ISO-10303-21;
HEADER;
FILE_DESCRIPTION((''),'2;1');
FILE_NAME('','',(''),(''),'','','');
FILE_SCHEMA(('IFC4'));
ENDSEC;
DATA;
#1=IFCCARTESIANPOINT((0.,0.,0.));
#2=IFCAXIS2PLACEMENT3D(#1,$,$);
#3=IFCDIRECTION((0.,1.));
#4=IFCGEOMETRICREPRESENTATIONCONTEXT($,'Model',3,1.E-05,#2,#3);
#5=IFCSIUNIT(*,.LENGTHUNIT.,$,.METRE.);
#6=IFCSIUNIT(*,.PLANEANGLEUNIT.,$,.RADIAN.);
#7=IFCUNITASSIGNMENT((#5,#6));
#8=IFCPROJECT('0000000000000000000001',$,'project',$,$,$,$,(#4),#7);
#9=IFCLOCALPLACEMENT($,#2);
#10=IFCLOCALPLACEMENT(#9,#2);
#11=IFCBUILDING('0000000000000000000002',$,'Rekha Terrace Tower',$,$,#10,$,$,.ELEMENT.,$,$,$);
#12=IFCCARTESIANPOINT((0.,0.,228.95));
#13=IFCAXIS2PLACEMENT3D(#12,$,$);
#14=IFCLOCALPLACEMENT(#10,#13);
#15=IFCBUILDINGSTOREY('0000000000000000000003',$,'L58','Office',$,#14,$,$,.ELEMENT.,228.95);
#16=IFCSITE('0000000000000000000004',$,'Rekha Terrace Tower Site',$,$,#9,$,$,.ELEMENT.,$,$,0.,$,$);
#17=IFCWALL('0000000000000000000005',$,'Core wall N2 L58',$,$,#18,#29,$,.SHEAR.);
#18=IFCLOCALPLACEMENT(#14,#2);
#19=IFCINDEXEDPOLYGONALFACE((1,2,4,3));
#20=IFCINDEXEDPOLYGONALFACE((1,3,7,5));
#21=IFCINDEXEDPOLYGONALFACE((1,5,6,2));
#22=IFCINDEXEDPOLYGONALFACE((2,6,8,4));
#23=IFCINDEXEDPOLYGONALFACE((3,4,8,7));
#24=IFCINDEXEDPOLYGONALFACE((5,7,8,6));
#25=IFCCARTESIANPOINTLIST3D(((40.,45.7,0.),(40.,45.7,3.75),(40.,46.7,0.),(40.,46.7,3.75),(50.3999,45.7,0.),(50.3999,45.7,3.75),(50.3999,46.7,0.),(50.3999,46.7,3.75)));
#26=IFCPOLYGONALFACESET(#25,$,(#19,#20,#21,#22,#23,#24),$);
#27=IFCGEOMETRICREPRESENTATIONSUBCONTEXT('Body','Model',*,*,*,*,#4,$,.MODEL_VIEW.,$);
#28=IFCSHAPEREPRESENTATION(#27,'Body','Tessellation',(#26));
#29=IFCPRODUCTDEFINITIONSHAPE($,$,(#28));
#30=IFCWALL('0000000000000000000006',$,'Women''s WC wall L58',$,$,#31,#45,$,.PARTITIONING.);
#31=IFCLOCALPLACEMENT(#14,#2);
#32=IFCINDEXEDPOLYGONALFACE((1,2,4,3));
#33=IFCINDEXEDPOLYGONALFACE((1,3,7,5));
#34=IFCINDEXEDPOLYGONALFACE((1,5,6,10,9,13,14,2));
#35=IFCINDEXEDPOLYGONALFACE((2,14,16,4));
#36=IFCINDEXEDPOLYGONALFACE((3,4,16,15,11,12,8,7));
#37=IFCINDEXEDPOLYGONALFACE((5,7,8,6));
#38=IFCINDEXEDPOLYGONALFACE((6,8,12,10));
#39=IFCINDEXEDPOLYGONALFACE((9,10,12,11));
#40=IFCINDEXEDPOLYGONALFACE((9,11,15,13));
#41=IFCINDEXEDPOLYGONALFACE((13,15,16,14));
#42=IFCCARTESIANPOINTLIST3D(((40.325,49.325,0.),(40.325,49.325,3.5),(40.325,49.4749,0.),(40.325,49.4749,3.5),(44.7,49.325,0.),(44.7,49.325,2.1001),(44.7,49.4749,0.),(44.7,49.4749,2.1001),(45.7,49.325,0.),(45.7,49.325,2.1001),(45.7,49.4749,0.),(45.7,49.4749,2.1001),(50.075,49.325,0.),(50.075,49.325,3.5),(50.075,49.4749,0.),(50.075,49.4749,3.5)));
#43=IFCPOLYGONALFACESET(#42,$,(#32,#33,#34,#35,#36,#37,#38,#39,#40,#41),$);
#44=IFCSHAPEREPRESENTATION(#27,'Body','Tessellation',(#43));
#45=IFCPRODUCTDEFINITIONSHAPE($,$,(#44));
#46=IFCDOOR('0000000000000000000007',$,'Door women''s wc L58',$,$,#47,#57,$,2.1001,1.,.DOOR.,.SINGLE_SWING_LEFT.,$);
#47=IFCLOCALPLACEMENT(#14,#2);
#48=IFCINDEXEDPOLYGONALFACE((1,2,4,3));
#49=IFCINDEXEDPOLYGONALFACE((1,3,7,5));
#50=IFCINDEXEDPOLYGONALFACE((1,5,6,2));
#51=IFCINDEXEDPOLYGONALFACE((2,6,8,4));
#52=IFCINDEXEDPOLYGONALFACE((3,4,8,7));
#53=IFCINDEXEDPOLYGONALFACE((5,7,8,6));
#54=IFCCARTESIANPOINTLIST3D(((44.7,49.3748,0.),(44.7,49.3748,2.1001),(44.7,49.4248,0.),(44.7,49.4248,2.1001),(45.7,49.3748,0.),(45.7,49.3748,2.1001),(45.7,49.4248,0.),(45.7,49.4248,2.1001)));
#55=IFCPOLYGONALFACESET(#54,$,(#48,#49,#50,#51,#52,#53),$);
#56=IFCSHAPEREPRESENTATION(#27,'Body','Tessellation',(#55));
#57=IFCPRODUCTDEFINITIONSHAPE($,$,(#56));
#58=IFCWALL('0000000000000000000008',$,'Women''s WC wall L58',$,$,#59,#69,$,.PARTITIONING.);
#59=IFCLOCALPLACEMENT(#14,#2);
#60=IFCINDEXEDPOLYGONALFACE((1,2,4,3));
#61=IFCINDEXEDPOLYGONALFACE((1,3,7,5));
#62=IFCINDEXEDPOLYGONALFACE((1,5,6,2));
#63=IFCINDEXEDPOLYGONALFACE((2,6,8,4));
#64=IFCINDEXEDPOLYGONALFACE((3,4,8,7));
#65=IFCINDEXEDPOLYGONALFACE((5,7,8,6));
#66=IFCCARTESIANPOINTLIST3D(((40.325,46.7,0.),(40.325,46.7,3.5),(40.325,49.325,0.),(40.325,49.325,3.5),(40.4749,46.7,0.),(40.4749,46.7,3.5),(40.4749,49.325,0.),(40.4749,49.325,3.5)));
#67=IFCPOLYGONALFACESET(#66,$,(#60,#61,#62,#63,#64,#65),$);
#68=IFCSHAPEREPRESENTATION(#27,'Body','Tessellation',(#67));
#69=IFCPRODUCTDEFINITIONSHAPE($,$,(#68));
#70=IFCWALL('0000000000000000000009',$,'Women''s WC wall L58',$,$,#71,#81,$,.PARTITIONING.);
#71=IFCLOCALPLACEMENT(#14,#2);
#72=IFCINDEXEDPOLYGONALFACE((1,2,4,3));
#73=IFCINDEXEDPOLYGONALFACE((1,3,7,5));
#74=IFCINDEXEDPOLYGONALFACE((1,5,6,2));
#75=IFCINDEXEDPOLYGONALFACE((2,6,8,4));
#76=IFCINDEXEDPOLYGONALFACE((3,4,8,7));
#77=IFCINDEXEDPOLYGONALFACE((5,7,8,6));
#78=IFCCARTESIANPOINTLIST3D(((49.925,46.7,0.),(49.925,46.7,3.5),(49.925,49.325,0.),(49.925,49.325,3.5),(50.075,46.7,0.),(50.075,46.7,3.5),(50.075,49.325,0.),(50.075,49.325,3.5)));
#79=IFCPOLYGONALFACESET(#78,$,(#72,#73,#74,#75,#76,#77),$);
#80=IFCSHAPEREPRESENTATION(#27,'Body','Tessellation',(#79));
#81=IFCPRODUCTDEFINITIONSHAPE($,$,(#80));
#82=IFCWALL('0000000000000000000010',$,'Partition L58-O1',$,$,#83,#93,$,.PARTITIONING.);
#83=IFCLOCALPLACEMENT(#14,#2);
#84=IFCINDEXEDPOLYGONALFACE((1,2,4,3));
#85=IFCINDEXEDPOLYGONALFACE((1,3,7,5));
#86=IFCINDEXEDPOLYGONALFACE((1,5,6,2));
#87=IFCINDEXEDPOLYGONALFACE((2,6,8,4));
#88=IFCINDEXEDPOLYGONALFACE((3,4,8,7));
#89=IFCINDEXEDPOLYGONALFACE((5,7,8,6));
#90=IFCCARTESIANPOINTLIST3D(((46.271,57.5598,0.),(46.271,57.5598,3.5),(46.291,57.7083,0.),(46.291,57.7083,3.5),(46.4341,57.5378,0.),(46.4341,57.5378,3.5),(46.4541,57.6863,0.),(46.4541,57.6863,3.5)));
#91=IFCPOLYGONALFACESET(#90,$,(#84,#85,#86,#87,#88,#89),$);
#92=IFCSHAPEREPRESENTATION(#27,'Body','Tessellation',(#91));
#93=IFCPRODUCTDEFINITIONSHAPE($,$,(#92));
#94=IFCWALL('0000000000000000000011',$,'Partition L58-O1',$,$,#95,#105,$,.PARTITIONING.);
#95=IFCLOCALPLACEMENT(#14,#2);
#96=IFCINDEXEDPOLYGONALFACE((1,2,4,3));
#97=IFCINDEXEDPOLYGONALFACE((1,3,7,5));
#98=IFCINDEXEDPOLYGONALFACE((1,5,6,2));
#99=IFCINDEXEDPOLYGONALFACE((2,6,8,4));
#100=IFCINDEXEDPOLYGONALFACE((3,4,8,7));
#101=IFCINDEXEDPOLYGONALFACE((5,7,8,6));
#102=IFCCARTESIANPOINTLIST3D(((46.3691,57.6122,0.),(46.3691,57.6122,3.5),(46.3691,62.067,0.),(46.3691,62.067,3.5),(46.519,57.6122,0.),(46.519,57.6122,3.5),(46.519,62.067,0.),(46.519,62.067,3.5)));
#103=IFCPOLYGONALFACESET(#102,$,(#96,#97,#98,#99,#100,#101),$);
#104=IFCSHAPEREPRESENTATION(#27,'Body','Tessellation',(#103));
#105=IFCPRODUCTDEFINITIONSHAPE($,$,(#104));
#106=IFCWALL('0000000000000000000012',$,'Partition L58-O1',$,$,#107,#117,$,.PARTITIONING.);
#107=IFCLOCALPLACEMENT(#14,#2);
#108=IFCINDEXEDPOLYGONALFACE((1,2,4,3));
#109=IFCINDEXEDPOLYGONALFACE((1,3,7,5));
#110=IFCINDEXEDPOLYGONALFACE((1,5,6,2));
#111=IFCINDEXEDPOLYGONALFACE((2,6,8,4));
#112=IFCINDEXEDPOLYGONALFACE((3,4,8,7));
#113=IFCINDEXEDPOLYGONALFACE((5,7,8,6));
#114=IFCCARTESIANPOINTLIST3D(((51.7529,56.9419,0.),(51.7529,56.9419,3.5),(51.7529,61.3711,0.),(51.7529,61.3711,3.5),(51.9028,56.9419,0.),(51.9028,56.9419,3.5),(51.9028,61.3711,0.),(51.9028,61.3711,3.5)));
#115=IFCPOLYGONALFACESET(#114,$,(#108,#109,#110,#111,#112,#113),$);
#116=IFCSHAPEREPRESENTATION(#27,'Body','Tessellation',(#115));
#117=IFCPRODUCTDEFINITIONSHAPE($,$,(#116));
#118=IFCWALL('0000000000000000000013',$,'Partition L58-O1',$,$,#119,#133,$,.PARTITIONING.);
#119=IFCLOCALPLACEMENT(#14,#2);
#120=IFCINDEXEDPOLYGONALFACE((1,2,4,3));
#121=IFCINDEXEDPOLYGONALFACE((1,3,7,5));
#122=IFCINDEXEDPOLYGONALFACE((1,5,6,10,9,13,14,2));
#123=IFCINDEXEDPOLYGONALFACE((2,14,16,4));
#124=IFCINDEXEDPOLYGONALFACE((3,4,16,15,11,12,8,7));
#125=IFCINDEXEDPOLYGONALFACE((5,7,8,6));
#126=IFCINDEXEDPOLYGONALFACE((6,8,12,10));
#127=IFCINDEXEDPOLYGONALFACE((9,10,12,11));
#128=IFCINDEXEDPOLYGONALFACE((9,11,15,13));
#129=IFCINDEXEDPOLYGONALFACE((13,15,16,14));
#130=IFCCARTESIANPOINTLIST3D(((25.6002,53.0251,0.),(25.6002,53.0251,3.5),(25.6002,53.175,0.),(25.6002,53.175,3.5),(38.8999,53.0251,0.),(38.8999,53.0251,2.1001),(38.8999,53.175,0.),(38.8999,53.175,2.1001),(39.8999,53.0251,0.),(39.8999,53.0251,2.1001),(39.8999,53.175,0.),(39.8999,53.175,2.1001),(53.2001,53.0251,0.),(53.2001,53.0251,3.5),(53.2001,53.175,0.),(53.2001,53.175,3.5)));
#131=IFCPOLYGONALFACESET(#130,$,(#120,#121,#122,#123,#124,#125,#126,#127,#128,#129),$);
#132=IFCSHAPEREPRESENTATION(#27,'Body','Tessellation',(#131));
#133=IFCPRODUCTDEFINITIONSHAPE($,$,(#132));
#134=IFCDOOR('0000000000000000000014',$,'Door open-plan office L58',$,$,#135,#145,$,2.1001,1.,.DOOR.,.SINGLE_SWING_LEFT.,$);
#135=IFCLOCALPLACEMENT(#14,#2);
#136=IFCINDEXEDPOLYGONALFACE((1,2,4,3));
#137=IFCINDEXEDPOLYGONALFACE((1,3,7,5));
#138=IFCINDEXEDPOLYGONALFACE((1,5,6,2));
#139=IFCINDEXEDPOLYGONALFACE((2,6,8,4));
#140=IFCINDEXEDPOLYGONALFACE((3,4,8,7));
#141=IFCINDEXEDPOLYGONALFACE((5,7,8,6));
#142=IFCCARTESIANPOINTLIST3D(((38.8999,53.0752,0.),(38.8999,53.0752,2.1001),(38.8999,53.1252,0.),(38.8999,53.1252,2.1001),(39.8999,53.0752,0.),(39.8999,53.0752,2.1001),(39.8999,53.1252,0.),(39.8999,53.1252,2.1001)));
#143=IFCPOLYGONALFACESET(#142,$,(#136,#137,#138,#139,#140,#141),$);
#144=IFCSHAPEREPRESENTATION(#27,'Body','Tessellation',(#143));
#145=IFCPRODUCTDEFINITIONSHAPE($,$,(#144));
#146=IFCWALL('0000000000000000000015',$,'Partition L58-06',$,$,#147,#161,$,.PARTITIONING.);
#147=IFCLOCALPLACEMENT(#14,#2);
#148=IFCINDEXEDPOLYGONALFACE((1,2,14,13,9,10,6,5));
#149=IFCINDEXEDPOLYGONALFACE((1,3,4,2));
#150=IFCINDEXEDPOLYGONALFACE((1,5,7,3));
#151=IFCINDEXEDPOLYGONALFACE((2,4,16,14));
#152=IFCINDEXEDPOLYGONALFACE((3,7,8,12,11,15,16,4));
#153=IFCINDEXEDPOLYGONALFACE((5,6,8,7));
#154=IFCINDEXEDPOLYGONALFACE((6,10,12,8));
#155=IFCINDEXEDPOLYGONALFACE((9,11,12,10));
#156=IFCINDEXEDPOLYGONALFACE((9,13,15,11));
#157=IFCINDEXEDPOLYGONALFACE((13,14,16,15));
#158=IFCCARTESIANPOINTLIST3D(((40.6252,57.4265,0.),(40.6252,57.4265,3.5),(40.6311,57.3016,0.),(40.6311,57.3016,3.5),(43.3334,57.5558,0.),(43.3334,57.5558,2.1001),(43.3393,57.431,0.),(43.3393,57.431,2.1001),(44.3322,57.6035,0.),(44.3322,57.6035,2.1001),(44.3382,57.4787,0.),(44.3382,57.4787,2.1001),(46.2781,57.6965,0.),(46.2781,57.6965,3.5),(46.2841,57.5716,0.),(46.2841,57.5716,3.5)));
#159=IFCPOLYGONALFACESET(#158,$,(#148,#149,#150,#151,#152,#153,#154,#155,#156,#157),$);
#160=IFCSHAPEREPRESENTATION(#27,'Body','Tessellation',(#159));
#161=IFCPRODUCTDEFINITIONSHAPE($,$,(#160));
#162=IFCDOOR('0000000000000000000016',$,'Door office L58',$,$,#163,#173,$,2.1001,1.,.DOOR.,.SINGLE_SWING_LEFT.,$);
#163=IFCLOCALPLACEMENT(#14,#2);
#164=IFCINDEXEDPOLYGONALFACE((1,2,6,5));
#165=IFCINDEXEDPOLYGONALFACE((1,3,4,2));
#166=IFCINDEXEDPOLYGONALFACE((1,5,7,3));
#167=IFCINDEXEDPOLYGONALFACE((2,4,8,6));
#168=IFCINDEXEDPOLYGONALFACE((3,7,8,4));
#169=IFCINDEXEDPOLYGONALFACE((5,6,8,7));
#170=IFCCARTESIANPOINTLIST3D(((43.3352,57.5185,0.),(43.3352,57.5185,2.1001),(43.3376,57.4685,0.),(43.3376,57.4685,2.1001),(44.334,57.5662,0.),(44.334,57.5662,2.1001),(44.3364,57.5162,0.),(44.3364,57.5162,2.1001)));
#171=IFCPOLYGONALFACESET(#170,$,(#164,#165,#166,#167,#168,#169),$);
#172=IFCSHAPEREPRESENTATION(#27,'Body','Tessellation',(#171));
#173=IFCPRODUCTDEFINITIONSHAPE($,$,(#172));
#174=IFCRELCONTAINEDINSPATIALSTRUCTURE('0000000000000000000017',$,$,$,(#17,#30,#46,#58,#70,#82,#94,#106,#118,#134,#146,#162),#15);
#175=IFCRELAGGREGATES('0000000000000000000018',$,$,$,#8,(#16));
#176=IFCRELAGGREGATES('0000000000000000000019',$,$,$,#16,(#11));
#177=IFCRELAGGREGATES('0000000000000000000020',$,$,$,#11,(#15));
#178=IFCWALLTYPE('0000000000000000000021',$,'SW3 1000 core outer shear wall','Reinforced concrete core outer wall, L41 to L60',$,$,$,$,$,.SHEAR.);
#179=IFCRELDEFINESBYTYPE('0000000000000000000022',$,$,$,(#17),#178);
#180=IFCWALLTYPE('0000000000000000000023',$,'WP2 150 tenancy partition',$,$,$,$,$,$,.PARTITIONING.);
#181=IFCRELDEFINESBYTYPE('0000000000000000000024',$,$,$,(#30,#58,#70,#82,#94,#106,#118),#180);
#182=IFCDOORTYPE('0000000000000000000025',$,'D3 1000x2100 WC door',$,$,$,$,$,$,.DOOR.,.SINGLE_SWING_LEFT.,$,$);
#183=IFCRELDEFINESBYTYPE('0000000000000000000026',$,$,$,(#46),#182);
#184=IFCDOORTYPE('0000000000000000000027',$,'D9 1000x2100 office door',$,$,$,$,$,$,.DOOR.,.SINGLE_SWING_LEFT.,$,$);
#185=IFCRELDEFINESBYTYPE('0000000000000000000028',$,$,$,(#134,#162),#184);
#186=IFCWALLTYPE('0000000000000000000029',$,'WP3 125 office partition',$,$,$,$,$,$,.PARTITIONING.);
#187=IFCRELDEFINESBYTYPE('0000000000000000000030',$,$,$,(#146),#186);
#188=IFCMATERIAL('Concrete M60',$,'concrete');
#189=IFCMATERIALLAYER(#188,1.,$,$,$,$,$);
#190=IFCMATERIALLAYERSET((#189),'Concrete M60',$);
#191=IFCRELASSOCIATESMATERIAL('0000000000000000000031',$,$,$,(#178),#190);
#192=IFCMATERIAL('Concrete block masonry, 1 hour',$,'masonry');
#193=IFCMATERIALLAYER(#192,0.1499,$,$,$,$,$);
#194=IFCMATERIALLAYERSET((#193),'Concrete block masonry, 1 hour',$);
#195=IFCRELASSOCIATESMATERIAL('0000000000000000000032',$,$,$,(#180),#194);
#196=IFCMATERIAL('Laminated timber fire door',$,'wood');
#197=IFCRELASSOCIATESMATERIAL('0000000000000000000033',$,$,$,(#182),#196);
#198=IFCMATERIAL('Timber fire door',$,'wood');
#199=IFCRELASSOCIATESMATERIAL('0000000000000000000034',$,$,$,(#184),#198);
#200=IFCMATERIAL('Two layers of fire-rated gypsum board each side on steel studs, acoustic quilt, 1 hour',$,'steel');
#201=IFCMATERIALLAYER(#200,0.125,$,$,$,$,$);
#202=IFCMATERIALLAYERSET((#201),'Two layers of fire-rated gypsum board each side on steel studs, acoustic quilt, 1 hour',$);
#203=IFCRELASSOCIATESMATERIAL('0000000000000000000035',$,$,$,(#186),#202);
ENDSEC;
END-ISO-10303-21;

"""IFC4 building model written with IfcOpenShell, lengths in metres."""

from ifc_helpers import new_model, si_unit, direction, frame, frame_2d, origin, place, context, subcontext, project, spatial, rectangle, extrude, material, layer, layer_set, type_object, element, fill, save


model = new_model("IFC4")

# Units and contexts
model_context = context("Model", 3, precision=1e-05, world=origin(), true_north=direction((0.0, 1.0)))
body_context = subcontext(model_context, "Body", "Model", "MODEL_VIEW")
ifc_project = project(units=[si_unit("LENGTHUNIT", "METRE"), si_unit("PLANEANGLEUNIT", "RADIAN")], contexts=[model_context])

# Site, building, storey
site_placement = place(None, origin())
site = spatial("IfcSite", under=ifc_project, at=site_placement, Name="Rekha Terrace Tower Site", CompositionType="ELEMENT", RefElevation=0.0)
building_placement = place(site_placement, origin())
building = spatial("IfcBuilding", under=site, at=building_placement, Name="Rekha Terrace Tower", CompositionType="ELEMENT")
storey_placement = place(building_placement, frame((0.0, 0.0, 228.95)))
storey = spatial("IfcBuildingStorey", under=building, at=storey_placement, Name="L58", Description="Office", CompositionType="ELEMENT", Elevation=228.95)

# Shared definitions
ifc_material_1 = material(Name="Concrete M60", Category="concrete")

# Wall
ifc_layer_1 = layer(ifc_material_1, 1.0)
ifc_layer_set_1 = layer_set([ifc_layer_1], Name="Concrete M60")
wall_type_1 = type_object("IfcWallType", Name="SW3 1000 core outer shear wall", Description="Reinforced concrete core outer wall, L41 to L60", PredefinedType="SHEAR", material=ifc_layer_set_1)
wall_1_placement = place(storey_placement, frame((40.0, 46.2, 0.0), z_axis=(0.0, 0.0, 1.0), x_axis=(1.0, 0.0, 0.0)))
element("IfcWall", 1, at=wall_1_placement, inside=storey, type_object=wall_type_1, Name="Core wall N2 L58", PredefinedType="SHEAR", context=body_context, shape_type="SweptSolid", body=[
    extrude(rectangle(XDim=10.3999, YDim=1.0, at=frame_2d((5.2, 0.0))), origin(), (0.0, 0.0, 1.0), 3.75),
])

# Wall, opening, door
ifc_material_2 = material(Name="Concrete block masonry, 1 hour", Category="masonry")
ifc_layer_2 = layer(ifc_material_2, 0.1499)
ifc_layer_set_2 = layer_set([ifc_layer_2], Name="Concrete block masonry, 1 hour")
wall_type_2 = type_object("IfcWallType", Name="WP2 150 tenancy partition", PredefinedType="PARTITIONING", material=ifc_layer_set_2)
wall_2_placement = place(storey_placement, frame((40.325, 49.3999, 0.0), z_axis=(0.0, 0.0, 1.0), x_axis=(1.0, 0.0, 0.0)))
wall_2 = element("IfcWall", 2, at=wall_2_placement, inside=storey, type_object=wall_type_2, Name="Women's WC wall L58", PredefinedType="PARTITIONING", context=body_context, shape_type="SweptSolid", body=[
    extrude(rectangle(XDim=9.75, YDim=0.1499, at=frame_2d((4.875, 0.0))), origin(), (0.0, 0.0, 1.0), 3.5),
])
opening_1_placement = place(wall_2_placement, frame((4.375, 0.0, 0.0)))
opening_1 = element("IfcOpeningElement", 3, at=opening_1_placement, cuts=wall_2, PredefinedType="OPENING", context=body_context, shape_type="SweptSolid", body=[
    extrude(rectangle(XDim=1.0, YDim=2.1001, at=frame_2d((0.5, 1.05))), frame((0.0, 0.085, 0.0), z_axis=(0.0, -1.0, 0.0), x_axis=(1.0, 0.0, 0.0)), (0.0, 0.0, 1.0), 0.1699),
])
ifc_material_3 = material(Name="Laminated timber fire door", Category="wood")
door_type_1 = type_object("IfcDoorType", Name="D3 1000x2100 WC door", OperationType="SINGLE_SWING_LEFT", PredefinedType="DOOR", material=ifc_material_3)
door_1_placement = place(opening_1_placement, origin())
door_1 = element("IfcDoor", 4, at=door_1_placement, inside=storey, type_object=door_type_1, Name="Door women's wc L58", OperationType="SINGLE_SWING_LEFT", OverallHeight=2.1001, OverallWidth=1.0, PredefinedType="DOOR", context=body_context, shape_type="SweptSolid", body=[
    extrude(rectangle(XDim=1.0, YDim=2.1001, at=frame_2d((0.5, 1.05))), frame((0.0, 0.0249, 0.0), z_axis=(0.0, -1.0, 0.0), x_axis=(1.0, 0.0, 0.0)), (0.0, 0.0, 1.0), 0.05),
])
fill(opening_1, door_1)

# Walls
for number, where, z_axis, x_axis, name in (
    (5, (40.3999, 46.7, 0.0), (0.0, 0.0, 1.0), (0.0, 1.0, 0.0), "Women's WC wall L58"),
    (6, (50.0, 46.7, 0.0), (0.0, 0.0, 1.0), (0.0, 1.0, 0.0), "Women's WC wall L58"),
):
    element("IfcWall", number, at=place(storey_placement, frame(where, z_axis=z_axis, x_axis=x_axis)), inside=storey, type_object=wall_type_2, Name=name, PredefinedType="PARTITIONING", context=body_context, shape_type="SweptSolid", body=[
        extrude(rectangle(XDim=2.625, YDim=0.1499, at=frame_2d((1.3125, 0.0))), origin(), (0.0, 0.0, 1.0), 3.5),
    ])
wall_3_placement = place(storey_placement, frame((46.281, 57.634, 0.0), z_axis=(0.0, 0.0, 1.0), x_axis=(0.991046, -0.133524, 0.0)))
element("IfcWall", 7, at=wall_3_placement, inside=storey, type_object=wall_type_2, Name="Partition L58-O1", PredefinedType="PARTITIONING", context=body_context, shape_type="SweptSolid", body=[
    extrude(rectangle(XDim=0.1646, YDim=0.1499, at=frame_2d((0.0823, 0.0))), origin(), (0.0, 0.0, 1.0), 3.5),
])
wall_4_placement = place(storey_placement, frame((46.4441, 57.6121, 0.0), z_axis=(0.0, 0.0, 1.0), x_axis=(0.0, 1.0, 0.0)))
element("IfcWall", 8, at=wall_4_placement, inside=storey, type_object=wall_type_2, Name="Partition L58-O1", PredefinedType="PARTITIONING", context=body_context, shape_type="SweptSolid", body=[
    extrude(rectangle(XDim=4.4548, YDim=0.1499, at=frame_2d((2.2275, 0.0))), origin(), (0.0, 0.0, 1.0), 3.5),
])
wall_5_placement = place(storey_placement, frame((51.8279, 56.9419, 0.0), z_axis=(0.0, 0.0, 1.0), x_axis=(0.0, 1.0, 0.0)))
element("IfcWall", 9, at=wall_5_placement, inside=storey, type_object=wall_type_2, Name="Partition L58-O1", PredefinedType="PARTITIONING", context=body_context, shape_type="SweptSolid", body=[
    extrude(rectangle(XDim=4.4292, YDim=0.1499, at=frame_2d((2.2146, 0.0))), origin(), (0.0, 0.0, 1.0), 3.5),
])

# Walls, openings, doors
wall_6_placement = place(storey_placement, frame((53.2, 53.1001, 0.0), z_axis=(0.0, 0.0, 1.0), x_axis=(-1.0, 0.0, 0.0)))
wall_6 = element("IfcWall", 10, at=wall_6_placement, inside=storey, type_object=wall_type_2, Name="Partition L58-O1", PredefinedType="PARTITIONING", context=body_context, shape_type="SweptSolid", body=[
    extrude(rectangle(XDim=27.5999, YDim=0.1499, at=frame_2d((13.7998, 0.0))), origin(), (0.0, 0.0, 1.0), 3.5),
])
opening_2_placement = place(wall_6_placement, frame((13.3, 0.0, 0.0)))
opening_2 = element("IfcOpeningElement", 11, at=opening_2_placement, cuts=wall_6, PredefinedType="OPENING", context=body_context, shape_type="SweptSolid", body=[
    extrude(rectangle(XDim=1.0, YDim=2.1001, at=frame_2d((0.5, 1.05))), frame((0.0, 0.085, 0.0), z_axis=(0.0, -1.0, 0.0), x_axis=(1.0, 0.0, 0.0)), (0.0, 0.0, 1.0), 0.1699),
])
ifc_material_4 = material(Name="Timber fire door", Category="wood")
door_type_2 = type_object("IfcDoorType", Name="D9 1000x2100 office door", OperationType="SINGLE_SWING_LEFT", PredefinedType="DOOR", material=ifc_material_4)
door_2_placement = place(opening_2_placement, origin())
door_2 = element("IfcDoor", 12, at=door_2_placement, inside=storey, type_object=door_type_2, Name="Door open-plan office L58", OperationType="SINGLE_SWING_LEFT", OverallHeight=2.1001, OverallWidth=1.0, PredefinedType="DOOR", context=body_context, shape_type="SweptSolid", body=[
    extrude(rectangle(XDim=1.0, YDim=2.1001, at=frame_2d((0.5, 1.05))), frame((0.0, 0.0249, 0.0), z_axis=(0.0, -1.0, 0.0), x_axis=(1.0, 0.0, 0.0)), (0.0, 0.0, 1.0), 0.05),
])
fill(opening_2, door_2)
ifc_material_5 = material(Name="Two layers of fire-rated gypsum board each side on steel studs, acoustic quilt, 1 hour", Category="steel")
ifc_layer_3 = layer(ifc_material_5, 0.125)
ifc_layer_set_3 = layer_set([ifc_layer_3], Name="Two layers of fire-rated gypsum board each side on steel studs, acoustic quilt, 1 hour")
wall_type_3 = type_object("IfcWallType", Name="WP3 125 office partition", PredefinedType="PARTITIONING", material=ifc_layer_set_3)
wall_7_placement = place(storey_placement, frame((46.281, 57.634, 0.0), z_axis=(0.0, 0.0, 1.0), x_axis=(-0.998861, -0.047711, 0.0)))
wall_7 = element("IfcWall", 13, at=wall_7_placement, inside=storey, type_object=wall_type_3, Name="Partition L58-06", PredefinedType="PARTITIONING", context=body_context, shape_type="SweptSolid", body=[
    extrude(rectangle(XDim=5.6594, YDim=0.125, at=frame_2d((2.8296, 0.0))), origin(), (0.0, 0.0, 1.0), 3.5),
])
opening_3_placement = place(wall_7_placement, frame((1.948, 0.0, 0.0)))
opening_3 = element("IfcOpeningElement", 14, at=opening_3_placement, cuts=wall_7, PredefinedType="OPENING", context=body_context, shape_type="SweptSolid", body=[
    extrude(rectangle(XDim=1.0, YDim=2.1001, at=frame_2d((0.5, 1.05))), frame((0.0, 0.0725, 0.0), z_axis=(0.0, -1.0, 0.0), x_axis=(1.0, 0.0, 0.0)), (0.0, 0.0, 1.0), 0.145),
])
door_3_placement = place(opening_3_placement, origin())
door_3 = element("IfcDoor", 15, at=door_3_placement, inside=storey, type_object=door_type_2, Name="Door office L58", OperationType="SINGLE_SWING_LEFT", OverallHeight=2.1001, OverallWidth=1.0, PredefinedType="DOOR", context=body_context, shape_type="SweptSolid", body=[
    extrude(rectangle(XDim=1.0, YDim=2.1001, at=frame_2d((0.5, 1.05))), frame((0.0, 0.0249, 0.0), z_axis=(0.0, -1.0, 0.0), x_axis=(1.0, 0.0, 0.0)), (0.0, 0.0, 1.0), 0.05),
])
fill(opening_3, door_3)

save(model, "model.ifc")
